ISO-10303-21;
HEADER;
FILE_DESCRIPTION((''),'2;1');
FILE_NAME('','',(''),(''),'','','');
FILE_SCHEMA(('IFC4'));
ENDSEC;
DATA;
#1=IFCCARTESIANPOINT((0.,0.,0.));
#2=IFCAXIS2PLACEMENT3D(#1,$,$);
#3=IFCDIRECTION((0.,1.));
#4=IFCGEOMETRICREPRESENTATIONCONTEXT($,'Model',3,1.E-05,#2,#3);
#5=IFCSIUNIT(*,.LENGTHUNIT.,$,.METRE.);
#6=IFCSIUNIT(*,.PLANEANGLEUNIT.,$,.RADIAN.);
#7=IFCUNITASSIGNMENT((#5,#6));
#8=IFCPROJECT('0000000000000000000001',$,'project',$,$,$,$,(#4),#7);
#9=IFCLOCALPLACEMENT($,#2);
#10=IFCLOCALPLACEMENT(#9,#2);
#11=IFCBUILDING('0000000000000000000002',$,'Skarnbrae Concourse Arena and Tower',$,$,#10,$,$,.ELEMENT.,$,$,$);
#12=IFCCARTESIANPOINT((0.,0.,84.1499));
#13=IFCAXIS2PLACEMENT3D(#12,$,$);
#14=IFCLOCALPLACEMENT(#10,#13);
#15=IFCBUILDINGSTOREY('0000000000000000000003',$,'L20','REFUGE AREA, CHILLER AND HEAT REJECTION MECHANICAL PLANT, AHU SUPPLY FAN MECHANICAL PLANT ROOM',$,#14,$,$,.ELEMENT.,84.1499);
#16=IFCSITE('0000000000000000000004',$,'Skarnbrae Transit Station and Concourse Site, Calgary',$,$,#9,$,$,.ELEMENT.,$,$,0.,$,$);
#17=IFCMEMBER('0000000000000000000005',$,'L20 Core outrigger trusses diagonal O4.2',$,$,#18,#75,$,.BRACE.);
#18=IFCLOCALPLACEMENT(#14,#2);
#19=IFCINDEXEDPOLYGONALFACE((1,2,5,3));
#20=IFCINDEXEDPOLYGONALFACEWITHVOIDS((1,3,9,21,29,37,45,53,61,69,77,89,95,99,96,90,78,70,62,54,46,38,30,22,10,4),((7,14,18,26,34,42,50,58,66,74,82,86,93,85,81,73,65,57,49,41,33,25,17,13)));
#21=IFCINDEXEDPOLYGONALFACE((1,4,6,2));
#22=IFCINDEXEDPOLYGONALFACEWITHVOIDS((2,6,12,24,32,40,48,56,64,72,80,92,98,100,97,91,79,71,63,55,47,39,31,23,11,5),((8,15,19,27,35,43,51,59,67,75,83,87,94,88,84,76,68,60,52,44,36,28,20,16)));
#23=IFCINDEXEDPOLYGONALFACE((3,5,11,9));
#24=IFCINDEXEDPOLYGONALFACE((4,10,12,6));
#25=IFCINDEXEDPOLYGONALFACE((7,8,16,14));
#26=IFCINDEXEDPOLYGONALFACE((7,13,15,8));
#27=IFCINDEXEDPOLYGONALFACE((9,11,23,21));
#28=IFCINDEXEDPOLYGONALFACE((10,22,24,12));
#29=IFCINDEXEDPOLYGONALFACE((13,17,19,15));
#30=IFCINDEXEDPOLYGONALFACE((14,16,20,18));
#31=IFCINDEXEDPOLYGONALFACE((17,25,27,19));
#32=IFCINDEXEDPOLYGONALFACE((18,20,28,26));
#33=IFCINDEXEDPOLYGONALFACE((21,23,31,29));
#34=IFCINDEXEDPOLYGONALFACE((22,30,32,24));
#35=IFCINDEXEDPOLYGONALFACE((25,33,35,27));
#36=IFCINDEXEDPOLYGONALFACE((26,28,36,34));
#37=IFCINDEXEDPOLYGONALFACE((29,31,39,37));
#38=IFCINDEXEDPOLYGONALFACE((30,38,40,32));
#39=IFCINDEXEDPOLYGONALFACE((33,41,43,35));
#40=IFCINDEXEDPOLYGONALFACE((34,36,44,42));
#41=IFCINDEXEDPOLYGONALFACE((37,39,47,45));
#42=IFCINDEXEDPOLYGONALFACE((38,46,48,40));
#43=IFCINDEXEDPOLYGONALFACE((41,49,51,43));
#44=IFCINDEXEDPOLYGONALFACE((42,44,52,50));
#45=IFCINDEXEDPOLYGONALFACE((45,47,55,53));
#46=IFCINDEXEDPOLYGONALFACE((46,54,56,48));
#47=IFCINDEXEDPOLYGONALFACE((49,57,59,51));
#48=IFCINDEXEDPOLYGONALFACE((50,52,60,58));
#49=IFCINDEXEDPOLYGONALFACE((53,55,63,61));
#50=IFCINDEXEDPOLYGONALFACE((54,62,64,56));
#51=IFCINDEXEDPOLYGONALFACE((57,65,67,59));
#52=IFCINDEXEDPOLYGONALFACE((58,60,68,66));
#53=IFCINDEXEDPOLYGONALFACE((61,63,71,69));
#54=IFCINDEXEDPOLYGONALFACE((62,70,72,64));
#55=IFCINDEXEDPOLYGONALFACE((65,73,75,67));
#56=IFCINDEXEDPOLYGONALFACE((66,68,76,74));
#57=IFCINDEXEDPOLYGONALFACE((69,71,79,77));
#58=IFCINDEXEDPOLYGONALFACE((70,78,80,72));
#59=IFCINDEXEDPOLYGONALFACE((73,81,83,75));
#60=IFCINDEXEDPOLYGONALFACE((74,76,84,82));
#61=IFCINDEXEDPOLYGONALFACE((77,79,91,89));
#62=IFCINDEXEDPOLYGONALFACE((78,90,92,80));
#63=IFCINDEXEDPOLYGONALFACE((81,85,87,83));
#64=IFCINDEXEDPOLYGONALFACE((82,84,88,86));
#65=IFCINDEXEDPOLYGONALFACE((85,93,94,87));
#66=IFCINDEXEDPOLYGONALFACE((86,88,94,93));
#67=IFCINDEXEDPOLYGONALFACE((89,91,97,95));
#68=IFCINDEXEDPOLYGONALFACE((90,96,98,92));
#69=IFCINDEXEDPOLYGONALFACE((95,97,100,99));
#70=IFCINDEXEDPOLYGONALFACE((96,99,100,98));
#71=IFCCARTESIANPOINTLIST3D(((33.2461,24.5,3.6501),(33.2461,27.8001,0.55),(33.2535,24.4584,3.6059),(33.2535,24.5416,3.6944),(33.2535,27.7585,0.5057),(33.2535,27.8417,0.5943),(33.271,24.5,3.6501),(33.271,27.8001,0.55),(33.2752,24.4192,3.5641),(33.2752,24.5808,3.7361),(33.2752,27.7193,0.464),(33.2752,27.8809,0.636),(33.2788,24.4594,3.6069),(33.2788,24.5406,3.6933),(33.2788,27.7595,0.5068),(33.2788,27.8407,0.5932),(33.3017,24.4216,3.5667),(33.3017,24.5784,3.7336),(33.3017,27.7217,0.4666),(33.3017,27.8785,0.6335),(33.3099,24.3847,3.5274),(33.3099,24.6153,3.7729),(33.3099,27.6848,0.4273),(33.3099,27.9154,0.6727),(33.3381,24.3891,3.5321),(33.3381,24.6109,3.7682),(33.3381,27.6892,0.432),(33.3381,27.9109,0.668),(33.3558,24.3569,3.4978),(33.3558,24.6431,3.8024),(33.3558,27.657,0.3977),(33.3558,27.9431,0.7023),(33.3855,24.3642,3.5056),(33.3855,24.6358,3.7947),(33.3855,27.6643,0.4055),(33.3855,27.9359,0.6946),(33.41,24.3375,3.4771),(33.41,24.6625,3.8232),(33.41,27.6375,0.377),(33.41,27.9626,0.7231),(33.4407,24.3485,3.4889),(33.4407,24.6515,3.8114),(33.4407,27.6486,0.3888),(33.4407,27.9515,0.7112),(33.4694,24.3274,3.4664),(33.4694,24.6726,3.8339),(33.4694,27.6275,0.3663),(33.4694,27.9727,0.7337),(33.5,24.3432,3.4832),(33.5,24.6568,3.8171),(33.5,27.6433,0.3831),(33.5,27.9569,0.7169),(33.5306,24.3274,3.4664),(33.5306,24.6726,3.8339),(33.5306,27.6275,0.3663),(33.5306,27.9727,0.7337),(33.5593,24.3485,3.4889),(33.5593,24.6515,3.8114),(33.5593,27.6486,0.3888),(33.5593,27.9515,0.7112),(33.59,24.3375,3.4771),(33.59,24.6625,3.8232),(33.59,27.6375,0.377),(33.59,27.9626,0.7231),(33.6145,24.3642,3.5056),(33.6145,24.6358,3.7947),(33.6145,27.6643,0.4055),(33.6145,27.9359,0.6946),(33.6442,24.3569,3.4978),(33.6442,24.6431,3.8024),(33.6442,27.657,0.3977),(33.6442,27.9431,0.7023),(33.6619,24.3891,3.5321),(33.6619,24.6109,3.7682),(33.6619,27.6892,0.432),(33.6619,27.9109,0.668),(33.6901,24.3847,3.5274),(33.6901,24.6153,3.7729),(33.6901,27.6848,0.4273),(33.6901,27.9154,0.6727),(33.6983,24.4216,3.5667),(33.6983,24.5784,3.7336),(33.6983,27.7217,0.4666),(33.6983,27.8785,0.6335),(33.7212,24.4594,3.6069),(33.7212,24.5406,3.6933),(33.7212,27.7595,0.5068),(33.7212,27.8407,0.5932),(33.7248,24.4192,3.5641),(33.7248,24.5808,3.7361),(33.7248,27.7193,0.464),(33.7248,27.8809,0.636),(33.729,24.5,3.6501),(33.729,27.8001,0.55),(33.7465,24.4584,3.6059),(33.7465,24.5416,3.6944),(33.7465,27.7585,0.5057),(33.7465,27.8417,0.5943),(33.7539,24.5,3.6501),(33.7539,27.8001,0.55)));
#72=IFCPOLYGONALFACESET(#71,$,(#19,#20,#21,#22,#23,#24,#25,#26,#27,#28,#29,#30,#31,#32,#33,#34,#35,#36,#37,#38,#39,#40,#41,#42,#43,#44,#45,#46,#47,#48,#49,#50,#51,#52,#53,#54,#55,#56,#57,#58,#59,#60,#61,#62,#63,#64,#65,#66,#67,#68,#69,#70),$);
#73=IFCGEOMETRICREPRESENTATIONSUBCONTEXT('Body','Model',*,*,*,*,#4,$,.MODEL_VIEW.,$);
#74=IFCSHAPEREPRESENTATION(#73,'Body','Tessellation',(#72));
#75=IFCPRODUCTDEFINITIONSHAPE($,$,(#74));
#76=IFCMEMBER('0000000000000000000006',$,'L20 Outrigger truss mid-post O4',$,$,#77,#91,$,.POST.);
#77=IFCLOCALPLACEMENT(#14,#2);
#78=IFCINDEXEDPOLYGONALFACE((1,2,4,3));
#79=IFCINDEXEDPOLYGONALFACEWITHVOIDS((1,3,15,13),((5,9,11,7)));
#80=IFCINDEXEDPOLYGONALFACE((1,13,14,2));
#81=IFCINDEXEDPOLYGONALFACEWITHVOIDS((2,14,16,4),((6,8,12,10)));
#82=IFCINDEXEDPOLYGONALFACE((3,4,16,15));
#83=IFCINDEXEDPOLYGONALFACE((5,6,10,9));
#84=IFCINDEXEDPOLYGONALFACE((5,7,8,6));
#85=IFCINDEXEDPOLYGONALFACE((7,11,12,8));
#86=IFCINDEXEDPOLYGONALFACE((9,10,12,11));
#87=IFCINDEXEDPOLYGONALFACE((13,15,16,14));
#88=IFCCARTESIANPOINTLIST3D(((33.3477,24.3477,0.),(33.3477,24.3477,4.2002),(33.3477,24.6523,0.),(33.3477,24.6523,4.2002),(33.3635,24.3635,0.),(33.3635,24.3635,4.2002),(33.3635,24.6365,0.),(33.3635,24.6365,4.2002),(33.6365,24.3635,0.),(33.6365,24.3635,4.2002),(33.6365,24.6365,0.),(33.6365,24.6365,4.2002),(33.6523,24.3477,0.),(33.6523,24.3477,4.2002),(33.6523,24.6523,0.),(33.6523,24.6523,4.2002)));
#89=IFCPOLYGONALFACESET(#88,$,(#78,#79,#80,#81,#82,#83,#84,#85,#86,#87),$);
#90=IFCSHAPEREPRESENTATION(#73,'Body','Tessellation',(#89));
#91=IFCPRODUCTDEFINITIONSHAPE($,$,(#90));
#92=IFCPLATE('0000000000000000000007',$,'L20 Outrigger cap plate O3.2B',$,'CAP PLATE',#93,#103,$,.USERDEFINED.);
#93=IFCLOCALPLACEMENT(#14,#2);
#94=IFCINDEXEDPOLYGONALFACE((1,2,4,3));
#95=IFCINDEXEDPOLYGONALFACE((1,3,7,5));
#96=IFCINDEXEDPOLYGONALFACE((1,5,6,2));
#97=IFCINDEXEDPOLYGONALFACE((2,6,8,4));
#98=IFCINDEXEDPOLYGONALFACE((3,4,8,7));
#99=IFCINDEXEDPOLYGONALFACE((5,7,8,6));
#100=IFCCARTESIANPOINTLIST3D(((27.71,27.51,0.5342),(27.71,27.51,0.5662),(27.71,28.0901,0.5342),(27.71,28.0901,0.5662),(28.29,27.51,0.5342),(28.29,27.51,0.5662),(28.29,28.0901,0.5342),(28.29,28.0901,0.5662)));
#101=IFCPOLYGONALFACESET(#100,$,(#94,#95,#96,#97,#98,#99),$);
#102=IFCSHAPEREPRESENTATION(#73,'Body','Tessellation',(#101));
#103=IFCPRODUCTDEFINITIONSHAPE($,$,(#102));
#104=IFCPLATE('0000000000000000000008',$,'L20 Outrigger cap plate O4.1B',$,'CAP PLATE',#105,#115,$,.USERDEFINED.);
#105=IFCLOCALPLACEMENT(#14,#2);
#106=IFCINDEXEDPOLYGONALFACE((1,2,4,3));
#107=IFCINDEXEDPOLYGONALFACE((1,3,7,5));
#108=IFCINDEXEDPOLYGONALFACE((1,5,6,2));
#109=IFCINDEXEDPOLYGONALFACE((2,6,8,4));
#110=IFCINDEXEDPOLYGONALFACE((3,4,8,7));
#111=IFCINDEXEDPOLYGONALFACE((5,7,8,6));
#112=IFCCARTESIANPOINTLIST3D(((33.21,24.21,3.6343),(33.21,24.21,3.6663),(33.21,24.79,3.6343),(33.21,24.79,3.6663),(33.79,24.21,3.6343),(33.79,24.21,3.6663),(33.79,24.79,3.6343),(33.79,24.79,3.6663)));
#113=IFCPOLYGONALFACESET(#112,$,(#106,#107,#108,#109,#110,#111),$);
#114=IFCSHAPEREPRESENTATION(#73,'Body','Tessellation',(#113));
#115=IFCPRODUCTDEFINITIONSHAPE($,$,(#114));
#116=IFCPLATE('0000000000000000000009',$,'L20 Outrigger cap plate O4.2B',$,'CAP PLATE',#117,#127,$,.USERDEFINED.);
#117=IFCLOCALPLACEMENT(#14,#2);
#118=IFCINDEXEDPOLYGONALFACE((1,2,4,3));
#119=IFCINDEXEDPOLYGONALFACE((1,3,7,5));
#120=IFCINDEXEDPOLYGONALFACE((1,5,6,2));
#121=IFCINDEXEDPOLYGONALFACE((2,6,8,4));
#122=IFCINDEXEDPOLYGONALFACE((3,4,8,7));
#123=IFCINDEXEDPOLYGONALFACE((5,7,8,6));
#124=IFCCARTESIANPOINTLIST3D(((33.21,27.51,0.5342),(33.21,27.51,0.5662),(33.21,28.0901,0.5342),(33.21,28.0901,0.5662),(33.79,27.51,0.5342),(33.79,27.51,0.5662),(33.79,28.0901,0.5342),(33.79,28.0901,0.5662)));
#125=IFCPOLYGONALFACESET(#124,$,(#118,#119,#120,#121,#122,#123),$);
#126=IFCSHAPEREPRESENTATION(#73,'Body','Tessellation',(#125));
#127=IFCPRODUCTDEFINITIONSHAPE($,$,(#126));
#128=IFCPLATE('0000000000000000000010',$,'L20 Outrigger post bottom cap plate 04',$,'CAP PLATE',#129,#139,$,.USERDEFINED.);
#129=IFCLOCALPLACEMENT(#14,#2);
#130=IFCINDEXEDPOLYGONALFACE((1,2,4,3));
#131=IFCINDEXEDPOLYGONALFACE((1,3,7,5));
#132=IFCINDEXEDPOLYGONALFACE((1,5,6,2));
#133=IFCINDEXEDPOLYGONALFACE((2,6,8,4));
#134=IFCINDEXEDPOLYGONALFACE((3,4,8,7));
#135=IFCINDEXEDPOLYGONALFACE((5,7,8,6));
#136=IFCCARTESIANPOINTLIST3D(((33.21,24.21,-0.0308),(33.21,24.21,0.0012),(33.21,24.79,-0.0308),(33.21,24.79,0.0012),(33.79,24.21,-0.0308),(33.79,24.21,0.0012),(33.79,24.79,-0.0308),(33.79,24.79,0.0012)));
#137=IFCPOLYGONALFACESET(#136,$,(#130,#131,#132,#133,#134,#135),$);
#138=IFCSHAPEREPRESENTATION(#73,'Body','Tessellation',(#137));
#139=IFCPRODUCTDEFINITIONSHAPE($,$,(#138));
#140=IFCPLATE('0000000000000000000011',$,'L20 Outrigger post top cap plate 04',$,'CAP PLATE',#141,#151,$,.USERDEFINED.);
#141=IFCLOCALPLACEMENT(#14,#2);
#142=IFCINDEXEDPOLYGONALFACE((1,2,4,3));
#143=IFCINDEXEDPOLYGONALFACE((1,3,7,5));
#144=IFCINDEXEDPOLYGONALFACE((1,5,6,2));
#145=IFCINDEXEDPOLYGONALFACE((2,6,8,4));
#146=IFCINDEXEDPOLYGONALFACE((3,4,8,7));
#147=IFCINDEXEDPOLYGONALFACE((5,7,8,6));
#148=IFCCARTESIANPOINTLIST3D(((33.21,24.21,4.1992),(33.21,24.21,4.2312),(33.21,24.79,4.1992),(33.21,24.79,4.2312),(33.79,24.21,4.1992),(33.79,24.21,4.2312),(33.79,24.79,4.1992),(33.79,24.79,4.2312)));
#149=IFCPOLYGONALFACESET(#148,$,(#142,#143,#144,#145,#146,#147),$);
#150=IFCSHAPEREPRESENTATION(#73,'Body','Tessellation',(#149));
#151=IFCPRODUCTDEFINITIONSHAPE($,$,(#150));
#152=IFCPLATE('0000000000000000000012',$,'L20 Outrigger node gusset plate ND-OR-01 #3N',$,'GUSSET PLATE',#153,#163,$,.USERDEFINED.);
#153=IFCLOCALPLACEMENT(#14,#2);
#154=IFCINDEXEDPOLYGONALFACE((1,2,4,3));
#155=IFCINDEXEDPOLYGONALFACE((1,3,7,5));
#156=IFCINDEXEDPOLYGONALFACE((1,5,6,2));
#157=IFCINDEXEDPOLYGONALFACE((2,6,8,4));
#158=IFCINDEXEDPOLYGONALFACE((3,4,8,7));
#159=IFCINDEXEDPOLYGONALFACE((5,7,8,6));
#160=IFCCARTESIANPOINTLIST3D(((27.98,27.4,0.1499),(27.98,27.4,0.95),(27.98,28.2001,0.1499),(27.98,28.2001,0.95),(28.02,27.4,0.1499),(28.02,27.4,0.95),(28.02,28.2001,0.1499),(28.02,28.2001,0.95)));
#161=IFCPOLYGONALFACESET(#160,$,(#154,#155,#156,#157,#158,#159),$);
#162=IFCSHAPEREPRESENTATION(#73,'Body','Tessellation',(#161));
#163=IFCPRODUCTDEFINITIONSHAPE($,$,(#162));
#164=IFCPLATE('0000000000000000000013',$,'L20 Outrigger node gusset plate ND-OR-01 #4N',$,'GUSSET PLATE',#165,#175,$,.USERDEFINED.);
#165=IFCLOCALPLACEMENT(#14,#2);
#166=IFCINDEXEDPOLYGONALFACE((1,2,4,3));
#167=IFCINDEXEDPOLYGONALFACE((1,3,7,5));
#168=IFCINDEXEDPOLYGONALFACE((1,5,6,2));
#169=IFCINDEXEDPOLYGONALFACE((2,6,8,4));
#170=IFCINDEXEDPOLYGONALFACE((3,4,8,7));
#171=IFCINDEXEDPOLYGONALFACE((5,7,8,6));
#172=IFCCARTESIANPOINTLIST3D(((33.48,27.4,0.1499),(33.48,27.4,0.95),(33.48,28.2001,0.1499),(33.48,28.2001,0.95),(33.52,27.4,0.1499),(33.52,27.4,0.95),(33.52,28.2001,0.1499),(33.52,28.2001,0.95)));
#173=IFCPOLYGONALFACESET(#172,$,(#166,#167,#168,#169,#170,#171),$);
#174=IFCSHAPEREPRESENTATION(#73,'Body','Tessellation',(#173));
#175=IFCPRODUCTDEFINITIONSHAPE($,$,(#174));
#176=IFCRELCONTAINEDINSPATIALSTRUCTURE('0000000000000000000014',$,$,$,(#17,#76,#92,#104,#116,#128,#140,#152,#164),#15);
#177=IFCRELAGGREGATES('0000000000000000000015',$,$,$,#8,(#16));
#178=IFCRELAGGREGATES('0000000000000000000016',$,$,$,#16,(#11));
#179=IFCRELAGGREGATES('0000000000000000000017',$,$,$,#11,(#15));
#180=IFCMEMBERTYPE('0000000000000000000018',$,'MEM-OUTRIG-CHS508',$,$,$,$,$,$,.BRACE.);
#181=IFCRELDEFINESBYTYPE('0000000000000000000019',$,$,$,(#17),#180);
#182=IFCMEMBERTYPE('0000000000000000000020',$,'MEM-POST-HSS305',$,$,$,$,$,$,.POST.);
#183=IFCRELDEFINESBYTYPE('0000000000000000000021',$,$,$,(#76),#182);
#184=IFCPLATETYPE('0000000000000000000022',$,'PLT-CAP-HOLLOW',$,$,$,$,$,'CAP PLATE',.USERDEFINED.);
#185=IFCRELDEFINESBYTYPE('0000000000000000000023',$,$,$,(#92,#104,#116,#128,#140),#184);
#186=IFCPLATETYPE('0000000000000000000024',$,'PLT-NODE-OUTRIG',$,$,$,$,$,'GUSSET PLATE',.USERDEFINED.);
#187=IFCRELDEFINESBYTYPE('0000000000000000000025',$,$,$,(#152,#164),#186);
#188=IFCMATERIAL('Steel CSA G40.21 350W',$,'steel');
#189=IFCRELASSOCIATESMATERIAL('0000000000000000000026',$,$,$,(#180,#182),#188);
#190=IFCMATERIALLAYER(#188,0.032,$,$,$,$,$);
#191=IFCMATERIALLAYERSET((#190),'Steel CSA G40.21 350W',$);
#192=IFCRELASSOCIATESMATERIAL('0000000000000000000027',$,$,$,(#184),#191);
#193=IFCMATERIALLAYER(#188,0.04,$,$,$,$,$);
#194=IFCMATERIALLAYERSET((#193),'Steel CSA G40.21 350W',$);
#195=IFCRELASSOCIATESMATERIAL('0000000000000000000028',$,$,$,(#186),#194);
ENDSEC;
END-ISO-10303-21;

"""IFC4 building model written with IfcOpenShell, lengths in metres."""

from ifc_helpers import new_model, si_unit, direction, frame, origin, origin_2d, place, context, subcontext, project, spatial, rectangle, hollow_rectangle, hollow_circle, extrude, source, transform, mapped, material, layer, layer_set, material_profile, profile_set, type_object, element, save


model = new_model("IFC4")

# Units and contexts
model_context = context("Model", 3, precision=1e-05, world=origin(), true_north=direction((0.0, 1.0)))
body_context = subcontext(model_context, "Body", "Model", "MODEL_VIEW")
ifc_project = project(units=[si_unit("LENGTHUNIT", "METRE"), si_unit("PLANEANGLEUNIT", "RADIAN")], contexts=[model_context])

# Site, building, storey
site_placement = place(None, origin())
site = spatial("IfcSite", under=ifc_project, at=site_placement, Name="Skarnbrae Transit Station and Concourse Site, Calgary", CompositionType="ELEMENT", RefElevation=0.0)
building_placement = place(site_placement, origin())
building = spatial("IfcBuilding", under=site, at=building_placement, Name="Skarnbrae Concourse Arena and Tower", CompositionType="ELEMENT")
storey_placement = place(building_placement, frame((0.0, 0.0, 84.1499)))
storey = spatial("IfcBuildingStorey", under=building, at=storey_placement, Name="L20", Description="REFUGE AREA, CHILLER AND HEAT REJECTION MECHANICAL PLANT, AHU SUPPLY FAN MECHANICAL PLANT ROOM", CompositionType="ELEMENT", Elevation=84.1499)

# Shared definitions
ifc_material = material(Name="Steel CSA G40.21 350W", Category="steel")

# Members
ifc_material_profile_1 = material_profile(ifc_material, hollow_circle(Radius=0.2539, WallThickness=0.0249, at=origin_2d()), Name="HSS508X25.0")
ifc_profile_set_1 = profile_set([ifc_material_profile_1], Name="Steel CSA G40.21 350W")
member_type_1 = type_object("IfcMemberType", Name="MEM-OUTRIG-CHS508", PredefinedType="BRACE", material=ifc_profile_set_1)
shared_shape_1 = source(origin(), body_context, "Body", "SweptSolid", [
    extrude(hollow_circle(Radius=0.2539, WallThickness=0.0249, at=origin_2d()), origin(), (0.0, 0.0, 1.0), 4.5278),
])
member_1_placement = place(storey_placement, frame((33.5, 24.5, 3.6501), z_axis=(0.0, 0.728842, -0.684682), x_axis=(-1.0, 0.0, 0.0)))
element("IfcMember", 1, at=member_1_placement, inside=storey, type_object=member_type_1, Name="L20 Core outrigger trusses diagonal O4.2", PredefinedType="BRACE", context=body_context, shape_type="MappedRepresentation", body=[
    mapped(shared_shape_1, transform((0.0, 0.0, 0.0))),
])
ifc_material_profile_2 = material_profile(ifc_material, hollow_rectangle(XDim=0.3047, YDim=0.3047, WallThickness=0.0159, at=origin_2d()), Name="HSS305X305X15.9")
ifc_profile_set_2 = profile_set([ifc_material_profile_2], Name="Steel CSA G40.21 350W")
member_type_2 = type_object("IfcMemberType", Name="MEM-POST-HSS305", PredefinedType="POST", material=ifc_profile_set_2)
shared_shape_2 = source(origin(), body_context, "Body", "SweptSolid", [
    extrude(hollow_rectangle(XDim=0.3047, YDim=0.3047, WallThickness=0.0159, at=origin_2d()), origin(), (0.0, 0.0, 1.0), 4.2002),
])
member_2_placement = place(storey_placement, frame((33.5, 24.5, 0.0), z_axis=(0.0, 0.0, 1.0), x_axis=(1.0, 0.0, 0.0)))
element("IfcMember", 2, at=member_2_placement, inside=storey, type_object=member_type_2, Name="L20 Outrigger truss mid-post O4", PredefinedType="POST", context=body_context, shape_type="MappedRepresentation", body=[
    mapped(shared_shape_2, transform((0.0, 0.0, 0.0))),
])

# Plates
ifc_layer_1 = layer(ifc_material, 0.032)
ifc_layer_set_1 = layer_set([ifc_layer_1], Name="Steel CSA G40.21 350W")
plate_type_1 = type_object("IfcPlateType", Name="PLT-CAP-HOLLOW", ElementType="CAP PLATE", PredefinedType="USERDEFINED", material=ifc_layer_set_1)
shared_shape_3 = source(origin(), body_context, "Body", "SweptSolid", [
    extrude(rectangle(XDim=0.5801, YDim=0.5801, at=origin_2d()), origin(), (0.0, 0.0, 1.0), 0.032),
])
for number, where, z_axis, x_axis, name in (
    (3, (28.0, 27.8, 0.5342), (0.0, 0.0, 1.0), (1.0, 0.0, 0.0), "L20 Outrigger cap plate O3.2B"),
    (4, (33.5, 24.5, 3.6343), (0.0, 0.0, 1.0), (1.0, 0.0, 0.0), "L20 Outrigger cap plate O4.1B"),
    (5, (33.5, 27.8, 0.5342), (0.0, 0.0, 1.0), (1.0, 0.0, 0.0), "L20 Outrigger cap plate O4.2B"),
    (6, (33.5, 24.5, -0.0308), (0.0, 0.0, 1.0), (1.0, 0.0, 0.0), "L20 Outrigger post bottom cap plate 04"),
    (7, (33.5, 24.5, 4.1992), (0.0, 0.0, 1.0), (1.0, 0.0, 0.0), "L20 Outrigger post top cap plate 04"),
):
    element("IfcPlate", number, at=place(storey_placement, frame(where, z_axis=z_axis, x_axis=x_axis)), inside=storey, type_object=plate_type_1, Name=name, ObjectType="CAP PLATE", PredefinedType="USERDEFINED", context=body_context, shape_type="MappedRepresentation", body=[
        mapped(shared_shape_3, transform((0.0, 0.0, 0.0))),
    ])
ifc_layer_2 = layer(ifc_material, 0.04)
ifc_layer_set_2 = layer_set([ifc_layer_2], Name="Steel CSA G40.21 350W")
plate_type_2 = type_object("IfcPlateType", Name="PLT-NODE-OUTRIG", ElementType="GUSSET PLATE", PredefinedType="USERDEFINED", material=ifc_layer_set_2)
shared_shape_4 = source(origin(), body_context, "Body", "SweptSolid", [
    extrude(rectangle(XDim=0.8, YDim=0.04, at=origin_2d()), origin(), (0.0, 0.0, 1.0), 0.8),
])
for number, where, z_axis, x_axis, name in (
    (8, (28.0, 27.8, 0.1499), (0.0, 0.0, 1.0), (0.0, 1.0, 0.0), "L20 Outrigger node gusset plate ND-OR-01 #3N"),
    (9, (33.5, 27.8, 0.1499), (0.0, 0.0, 1.0), (0.0, 1.0, 0.0), "L20 Outrigger node gusset plate ND-OR-01 #4N"),
):
    element("IfcPlate", number, at=place(storey_placement, frame(where, z_axis=z_axis, x_axis=x_axis)), inside=storey, type_object=plate_type_2, Name=name, ObjectType="GUSSET PLATE", PredefinedType="USERDEFINED", context=body_context, shape_type="MappedRepresentation", body=[
        mapped(shared_shape_4, transform((0.0, 0.0, 0.0))),
    ])

save(model, "model.ifc")
